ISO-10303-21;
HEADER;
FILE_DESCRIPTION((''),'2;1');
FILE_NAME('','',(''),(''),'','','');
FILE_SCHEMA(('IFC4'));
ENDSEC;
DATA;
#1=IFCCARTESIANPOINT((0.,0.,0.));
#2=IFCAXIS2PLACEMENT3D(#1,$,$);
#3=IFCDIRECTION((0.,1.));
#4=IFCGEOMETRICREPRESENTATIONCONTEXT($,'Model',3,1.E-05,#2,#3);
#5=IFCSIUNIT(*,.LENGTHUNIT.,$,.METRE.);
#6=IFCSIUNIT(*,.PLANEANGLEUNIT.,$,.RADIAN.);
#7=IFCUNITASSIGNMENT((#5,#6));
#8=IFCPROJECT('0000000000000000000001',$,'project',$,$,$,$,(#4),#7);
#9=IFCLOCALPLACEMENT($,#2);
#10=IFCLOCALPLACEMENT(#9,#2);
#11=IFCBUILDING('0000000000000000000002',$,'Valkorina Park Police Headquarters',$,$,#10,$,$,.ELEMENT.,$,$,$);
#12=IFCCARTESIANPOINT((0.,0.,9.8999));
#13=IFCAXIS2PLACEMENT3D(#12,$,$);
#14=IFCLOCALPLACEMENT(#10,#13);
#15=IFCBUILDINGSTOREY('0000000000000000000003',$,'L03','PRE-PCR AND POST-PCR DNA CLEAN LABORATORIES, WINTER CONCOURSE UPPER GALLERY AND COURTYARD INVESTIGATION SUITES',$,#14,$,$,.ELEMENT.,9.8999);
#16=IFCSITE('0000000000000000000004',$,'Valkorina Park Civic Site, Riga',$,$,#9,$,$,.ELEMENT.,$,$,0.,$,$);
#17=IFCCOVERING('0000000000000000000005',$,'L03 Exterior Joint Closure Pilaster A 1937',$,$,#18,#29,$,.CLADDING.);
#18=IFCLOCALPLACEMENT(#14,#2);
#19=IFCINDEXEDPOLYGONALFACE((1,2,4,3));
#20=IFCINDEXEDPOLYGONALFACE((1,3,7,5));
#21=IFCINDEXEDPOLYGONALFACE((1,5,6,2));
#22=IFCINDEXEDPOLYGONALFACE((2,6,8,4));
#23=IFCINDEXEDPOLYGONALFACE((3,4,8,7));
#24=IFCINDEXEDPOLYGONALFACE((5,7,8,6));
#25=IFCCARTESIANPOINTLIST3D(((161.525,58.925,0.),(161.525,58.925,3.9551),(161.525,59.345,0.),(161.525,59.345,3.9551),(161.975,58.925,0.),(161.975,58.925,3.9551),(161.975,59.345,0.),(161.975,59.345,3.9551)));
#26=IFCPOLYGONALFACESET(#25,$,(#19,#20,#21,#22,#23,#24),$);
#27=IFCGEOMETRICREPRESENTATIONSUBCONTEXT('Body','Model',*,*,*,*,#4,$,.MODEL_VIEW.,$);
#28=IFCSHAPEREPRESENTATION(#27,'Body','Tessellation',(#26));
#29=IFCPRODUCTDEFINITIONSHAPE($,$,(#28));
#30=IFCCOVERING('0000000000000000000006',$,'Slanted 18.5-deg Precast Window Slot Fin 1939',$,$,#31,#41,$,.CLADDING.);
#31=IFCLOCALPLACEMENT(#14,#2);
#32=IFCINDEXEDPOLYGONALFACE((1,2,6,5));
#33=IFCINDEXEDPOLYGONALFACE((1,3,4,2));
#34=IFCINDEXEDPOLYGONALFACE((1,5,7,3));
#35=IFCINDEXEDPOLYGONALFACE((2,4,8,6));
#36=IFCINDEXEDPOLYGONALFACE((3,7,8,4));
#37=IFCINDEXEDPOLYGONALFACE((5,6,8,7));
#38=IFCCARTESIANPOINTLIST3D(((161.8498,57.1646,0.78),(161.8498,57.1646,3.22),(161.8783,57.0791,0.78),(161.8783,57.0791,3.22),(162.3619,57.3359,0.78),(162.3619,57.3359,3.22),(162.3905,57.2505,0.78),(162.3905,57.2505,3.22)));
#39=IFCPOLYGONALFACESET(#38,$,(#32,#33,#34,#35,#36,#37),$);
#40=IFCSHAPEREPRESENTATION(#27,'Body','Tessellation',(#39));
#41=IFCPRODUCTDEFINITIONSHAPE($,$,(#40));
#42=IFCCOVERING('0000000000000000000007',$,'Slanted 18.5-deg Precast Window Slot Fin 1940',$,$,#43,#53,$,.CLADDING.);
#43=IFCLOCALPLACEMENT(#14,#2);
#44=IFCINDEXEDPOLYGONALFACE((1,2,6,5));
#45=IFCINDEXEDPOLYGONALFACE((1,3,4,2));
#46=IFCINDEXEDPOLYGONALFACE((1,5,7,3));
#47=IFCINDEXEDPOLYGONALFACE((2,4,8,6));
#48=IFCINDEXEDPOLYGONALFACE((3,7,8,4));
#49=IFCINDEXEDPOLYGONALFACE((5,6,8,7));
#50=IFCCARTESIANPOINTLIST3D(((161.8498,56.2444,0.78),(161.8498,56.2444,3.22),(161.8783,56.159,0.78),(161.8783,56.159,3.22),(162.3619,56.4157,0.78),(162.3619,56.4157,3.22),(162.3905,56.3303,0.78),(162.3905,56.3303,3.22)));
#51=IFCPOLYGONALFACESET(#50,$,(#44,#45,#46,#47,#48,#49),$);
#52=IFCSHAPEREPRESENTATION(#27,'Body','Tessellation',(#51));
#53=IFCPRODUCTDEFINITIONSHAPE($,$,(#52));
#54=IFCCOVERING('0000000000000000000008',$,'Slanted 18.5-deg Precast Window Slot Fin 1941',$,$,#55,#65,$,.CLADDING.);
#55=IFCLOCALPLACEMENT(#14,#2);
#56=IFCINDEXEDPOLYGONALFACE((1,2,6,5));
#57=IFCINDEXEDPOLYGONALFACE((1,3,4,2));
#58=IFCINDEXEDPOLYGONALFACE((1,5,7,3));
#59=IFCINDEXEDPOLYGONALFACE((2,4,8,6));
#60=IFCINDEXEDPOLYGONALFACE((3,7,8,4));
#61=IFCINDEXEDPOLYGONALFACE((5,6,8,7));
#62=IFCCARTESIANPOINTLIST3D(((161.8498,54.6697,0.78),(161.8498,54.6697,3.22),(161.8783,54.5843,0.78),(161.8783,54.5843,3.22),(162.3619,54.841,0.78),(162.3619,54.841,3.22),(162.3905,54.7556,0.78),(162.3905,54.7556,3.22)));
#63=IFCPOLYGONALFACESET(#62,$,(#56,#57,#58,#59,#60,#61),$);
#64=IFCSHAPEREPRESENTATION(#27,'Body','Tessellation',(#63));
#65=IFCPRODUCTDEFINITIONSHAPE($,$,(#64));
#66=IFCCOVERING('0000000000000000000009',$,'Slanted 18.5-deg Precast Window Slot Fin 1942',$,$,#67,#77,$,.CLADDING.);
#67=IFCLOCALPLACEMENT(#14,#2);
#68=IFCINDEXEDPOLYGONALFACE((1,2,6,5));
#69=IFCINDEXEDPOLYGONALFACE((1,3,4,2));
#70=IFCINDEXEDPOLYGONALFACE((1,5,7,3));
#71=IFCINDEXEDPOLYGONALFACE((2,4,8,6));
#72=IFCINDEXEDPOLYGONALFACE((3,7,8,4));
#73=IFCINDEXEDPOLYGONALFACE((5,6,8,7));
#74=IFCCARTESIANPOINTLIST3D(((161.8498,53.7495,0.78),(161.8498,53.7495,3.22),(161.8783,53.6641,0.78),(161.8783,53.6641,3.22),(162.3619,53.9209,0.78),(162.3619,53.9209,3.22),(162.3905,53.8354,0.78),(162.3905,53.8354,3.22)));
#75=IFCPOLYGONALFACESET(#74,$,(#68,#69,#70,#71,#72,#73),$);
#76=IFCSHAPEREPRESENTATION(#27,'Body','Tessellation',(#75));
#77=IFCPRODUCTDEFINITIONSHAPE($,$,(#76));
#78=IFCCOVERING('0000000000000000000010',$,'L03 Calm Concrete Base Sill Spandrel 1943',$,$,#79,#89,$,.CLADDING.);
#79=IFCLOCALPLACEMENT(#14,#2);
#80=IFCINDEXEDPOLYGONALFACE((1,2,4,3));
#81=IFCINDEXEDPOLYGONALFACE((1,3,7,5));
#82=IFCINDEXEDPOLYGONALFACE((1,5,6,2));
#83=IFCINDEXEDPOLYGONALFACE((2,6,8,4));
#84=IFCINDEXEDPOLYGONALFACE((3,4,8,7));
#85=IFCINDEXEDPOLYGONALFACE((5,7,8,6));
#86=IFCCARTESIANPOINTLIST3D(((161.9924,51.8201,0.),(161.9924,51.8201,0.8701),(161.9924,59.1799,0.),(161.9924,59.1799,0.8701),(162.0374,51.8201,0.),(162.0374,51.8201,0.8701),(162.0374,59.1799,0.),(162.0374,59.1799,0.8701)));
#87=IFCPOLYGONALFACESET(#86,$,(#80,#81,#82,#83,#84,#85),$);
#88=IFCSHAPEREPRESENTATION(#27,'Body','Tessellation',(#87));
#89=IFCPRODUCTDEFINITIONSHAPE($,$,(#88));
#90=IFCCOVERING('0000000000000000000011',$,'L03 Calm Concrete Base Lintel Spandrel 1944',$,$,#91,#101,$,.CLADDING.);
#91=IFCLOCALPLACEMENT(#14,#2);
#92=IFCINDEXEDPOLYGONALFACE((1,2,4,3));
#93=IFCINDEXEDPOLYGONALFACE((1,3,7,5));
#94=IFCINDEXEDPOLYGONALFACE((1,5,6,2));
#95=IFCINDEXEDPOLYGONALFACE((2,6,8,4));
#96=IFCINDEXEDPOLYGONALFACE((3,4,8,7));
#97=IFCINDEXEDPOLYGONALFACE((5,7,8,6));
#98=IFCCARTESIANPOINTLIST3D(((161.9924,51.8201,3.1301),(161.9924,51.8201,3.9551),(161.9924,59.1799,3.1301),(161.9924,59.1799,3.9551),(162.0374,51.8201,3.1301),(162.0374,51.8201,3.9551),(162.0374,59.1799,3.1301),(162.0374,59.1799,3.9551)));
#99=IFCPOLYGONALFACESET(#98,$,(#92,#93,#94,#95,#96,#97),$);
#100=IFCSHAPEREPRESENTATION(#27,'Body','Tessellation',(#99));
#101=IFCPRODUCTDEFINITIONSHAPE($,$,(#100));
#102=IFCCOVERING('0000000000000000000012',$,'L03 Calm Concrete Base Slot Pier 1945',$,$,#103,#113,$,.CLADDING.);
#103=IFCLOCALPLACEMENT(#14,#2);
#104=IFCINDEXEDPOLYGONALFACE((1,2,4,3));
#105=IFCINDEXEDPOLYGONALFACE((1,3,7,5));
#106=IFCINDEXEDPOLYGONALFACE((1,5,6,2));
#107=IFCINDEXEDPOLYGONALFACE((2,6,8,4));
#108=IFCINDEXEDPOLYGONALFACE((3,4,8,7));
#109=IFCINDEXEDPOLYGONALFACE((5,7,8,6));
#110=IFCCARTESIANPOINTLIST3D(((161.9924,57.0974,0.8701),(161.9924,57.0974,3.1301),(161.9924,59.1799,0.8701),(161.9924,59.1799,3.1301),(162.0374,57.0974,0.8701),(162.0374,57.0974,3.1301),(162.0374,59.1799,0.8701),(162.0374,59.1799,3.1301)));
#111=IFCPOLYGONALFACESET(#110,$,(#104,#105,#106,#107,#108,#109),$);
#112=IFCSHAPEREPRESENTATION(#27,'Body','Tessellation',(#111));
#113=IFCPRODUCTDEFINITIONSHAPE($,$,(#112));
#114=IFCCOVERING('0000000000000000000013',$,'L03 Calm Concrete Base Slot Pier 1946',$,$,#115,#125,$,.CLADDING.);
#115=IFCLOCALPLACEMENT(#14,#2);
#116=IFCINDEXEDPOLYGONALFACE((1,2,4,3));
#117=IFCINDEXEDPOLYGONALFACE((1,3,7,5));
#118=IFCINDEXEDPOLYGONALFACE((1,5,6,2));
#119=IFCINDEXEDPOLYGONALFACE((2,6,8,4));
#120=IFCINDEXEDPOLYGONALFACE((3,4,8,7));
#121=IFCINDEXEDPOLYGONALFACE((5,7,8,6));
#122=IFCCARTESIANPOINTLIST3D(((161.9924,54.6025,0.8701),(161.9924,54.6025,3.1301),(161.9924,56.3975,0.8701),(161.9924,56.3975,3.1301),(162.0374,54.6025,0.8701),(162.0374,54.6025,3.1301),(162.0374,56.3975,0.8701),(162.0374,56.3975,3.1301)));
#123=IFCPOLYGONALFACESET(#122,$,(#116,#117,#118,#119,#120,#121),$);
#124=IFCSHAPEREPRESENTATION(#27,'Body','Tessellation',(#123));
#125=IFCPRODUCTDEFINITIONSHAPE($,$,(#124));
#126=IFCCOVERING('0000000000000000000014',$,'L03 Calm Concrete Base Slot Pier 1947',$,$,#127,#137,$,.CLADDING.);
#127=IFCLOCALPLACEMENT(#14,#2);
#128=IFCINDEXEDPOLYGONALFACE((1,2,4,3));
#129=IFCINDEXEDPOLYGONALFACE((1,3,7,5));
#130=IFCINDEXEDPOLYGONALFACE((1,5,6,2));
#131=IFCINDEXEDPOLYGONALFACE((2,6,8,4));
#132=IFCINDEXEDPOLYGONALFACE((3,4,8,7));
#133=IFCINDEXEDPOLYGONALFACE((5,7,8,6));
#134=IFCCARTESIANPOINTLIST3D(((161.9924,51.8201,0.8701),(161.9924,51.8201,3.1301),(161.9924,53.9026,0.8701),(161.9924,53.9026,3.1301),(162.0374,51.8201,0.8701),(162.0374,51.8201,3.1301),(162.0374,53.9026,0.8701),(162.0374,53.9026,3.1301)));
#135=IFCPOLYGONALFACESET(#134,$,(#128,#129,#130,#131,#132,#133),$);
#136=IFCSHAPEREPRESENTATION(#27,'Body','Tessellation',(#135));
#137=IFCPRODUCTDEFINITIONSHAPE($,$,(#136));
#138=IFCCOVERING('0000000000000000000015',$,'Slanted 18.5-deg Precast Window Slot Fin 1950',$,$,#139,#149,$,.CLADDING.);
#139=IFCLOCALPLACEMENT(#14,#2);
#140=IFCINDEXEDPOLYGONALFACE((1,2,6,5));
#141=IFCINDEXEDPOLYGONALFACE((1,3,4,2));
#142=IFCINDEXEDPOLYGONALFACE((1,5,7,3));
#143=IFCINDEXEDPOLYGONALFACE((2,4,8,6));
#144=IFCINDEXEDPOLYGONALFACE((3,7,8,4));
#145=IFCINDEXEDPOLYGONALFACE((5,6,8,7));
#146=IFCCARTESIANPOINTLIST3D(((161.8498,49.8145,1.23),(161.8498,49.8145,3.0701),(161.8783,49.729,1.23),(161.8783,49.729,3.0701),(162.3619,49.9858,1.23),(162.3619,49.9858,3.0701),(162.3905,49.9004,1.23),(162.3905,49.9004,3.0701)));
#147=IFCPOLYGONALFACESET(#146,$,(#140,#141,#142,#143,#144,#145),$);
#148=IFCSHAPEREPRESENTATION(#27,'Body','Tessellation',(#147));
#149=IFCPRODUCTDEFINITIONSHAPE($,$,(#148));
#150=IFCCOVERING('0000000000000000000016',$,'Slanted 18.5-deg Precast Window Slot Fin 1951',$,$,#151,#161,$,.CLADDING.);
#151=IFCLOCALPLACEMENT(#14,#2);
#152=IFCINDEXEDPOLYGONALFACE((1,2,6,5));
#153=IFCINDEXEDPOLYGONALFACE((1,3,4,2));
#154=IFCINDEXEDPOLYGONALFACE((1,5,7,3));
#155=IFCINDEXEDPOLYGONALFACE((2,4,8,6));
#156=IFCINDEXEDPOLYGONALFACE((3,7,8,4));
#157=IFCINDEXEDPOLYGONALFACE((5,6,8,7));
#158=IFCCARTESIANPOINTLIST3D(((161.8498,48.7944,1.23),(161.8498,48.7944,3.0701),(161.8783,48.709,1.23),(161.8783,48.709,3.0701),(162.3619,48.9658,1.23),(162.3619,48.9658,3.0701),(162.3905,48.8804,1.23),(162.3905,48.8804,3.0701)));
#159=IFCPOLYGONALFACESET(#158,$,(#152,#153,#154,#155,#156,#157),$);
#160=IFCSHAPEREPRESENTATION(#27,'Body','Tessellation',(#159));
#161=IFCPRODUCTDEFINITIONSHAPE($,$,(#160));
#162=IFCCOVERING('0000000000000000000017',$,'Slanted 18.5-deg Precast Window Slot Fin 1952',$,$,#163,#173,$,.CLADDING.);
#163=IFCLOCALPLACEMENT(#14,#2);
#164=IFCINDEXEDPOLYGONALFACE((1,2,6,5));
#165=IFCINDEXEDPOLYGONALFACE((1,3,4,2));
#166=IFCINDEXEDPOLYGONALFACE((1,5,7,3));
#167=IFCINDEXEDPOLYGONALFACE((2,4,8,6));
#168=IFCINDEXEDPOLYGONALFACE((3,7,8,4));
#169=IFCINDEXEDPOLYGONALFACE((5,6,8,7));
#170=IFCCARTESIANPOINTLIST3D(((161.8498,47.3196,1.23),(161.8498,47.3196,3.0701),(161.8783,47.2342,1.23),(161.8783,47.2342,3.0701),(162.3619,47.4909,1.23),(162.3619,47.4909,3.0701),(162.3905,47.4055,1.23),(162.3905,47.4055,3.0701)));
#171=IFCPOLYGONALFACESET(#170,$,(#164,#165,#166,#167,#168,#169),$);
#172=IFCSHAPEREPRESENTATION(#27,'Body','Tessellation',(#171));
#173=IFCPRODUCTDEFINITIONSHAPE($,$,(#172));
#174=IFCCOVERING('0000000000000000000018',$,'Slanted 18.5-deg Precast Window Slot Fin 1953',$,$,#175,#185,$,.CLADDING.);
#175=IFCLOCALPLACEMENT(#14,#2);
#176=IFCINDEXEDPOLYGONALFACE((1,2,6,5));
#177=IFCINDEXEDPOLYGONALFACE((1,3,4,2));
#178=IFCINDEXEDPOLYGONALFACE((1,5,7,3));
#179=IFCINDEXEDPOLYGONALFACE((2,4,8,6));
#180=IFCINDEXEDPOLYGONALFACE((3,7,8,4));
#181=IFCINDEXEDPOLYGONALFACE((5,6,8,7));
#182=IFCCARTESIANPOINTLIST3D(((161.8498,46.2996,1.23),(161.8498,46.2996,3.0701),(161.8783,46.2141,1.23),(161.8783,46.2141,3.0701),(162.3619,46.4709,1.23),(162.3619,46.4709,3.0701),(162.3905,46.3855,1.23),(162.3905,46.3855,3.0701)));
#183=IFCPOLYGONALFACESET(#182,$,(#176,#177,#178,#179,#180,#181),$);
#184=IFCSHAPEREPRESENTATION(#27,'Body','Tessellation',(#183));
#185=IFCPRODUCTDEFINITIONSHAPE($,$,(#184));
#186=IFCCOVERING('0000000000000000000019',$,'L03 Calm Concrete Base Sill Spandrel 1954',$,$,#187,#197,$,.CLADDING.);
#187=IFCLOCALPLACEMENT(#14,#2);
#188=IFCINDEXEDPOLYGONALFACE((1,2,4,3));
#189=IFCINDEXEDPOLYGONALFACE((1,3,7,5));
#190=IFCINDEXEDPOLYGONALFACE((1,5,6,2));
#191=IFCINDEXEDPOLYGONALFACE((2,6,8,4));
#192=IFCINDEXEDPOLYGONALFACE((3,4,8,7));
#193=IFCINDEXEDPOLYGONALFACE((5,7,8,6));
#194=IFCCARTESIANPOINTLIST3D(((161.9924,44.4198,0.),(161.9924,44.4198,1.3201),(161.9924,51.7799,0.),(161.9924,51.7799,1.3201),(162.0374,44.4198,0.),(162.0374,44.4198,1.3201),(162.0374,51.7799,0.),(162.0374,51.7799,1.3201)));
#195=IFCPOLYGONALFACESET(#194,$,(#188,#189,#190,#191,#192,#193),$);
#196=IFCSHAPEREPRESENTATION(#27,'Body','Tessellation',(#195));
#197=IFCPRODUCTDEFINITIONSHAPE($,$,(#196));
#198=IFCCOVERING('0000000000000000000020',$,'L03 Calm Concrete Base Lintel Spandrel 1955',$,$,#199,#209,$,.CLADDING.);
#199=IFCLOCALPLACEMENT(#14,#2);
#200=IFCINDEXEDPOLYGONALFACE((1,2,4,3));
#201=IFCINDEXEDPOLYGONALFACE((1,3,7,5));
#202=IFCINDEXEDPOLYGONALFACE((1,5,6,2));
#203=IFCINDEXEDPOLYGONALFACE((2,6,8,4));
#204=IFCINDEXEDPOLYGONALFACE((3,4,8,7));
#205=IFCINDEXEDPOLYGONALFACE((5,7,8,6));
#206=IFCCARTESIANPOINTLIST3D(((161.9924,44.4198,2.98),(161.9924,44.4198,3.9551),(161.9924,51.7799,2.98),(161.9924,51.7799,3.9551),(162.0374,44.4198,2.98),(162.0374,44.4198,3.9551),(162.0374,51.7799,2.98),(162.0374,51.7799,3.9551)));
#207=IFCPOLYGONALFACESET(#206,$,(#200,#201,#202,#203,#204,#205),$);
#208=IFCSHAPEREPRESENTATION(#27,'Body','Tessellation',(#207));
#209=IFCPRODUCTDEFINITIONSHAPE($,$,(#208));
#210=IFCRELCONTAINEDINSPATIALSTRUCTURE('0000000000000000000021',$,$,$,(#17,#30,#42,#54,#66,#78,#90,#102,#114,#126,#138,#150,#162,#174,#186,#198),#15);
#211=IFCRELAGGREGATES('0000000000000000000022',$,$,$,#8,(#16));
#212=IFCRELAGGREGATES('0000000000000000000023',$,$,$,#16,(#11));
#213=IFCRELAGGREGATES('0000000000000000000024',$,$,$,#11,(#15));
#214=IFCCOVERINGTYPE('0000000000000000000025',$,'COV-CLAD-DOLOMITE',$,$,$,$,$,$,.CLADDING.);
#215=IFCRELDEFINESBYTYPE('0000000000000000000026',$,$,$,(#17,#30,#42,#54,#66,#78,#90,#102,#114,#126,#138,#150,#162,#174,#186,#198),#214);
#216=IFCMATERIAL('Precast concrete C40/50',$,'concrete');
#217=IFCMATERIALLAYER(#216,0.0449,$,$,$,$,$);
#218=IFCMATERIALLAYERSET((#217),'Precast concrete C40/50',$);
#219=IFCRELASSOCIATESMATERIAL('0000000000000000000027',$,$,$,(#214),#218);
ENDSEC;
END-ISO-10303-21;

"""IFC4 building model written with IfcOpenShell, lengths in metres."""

from ifc_helpers import new_model, si_unit, direction, frame, frame_2d, origin, origin_2d, place, context, subcontext, project, spatial, rectangle, extrude, material, layer, layer_set, type_object, element, save


model = new_model("IFC4")

# Units and contexts
model_context = context("Model", 3, precision=1e-05, world=origin(), true_north=direction((0.0, 1.0)))
body_context = subcontext(model_context, "Body", "Model", "MODEL_VIEW")
ifc_project = project(units=[si_unit("LENGTHUNIT", "METRE"), si_unit("PLANEANGLEUNIT", "RADIAN")], contexts=[model_context])

# Site, building, storey
site_placement = place(None, origin())
site = spatial("IfcSite", under=ifc_project, at=site_placement, Name="Valkorina Park Civic Site, Riga", CompositionType="ELEMENT", RefElevation=0.0)
building_placement = place(site_placement, origin())
building = spatial("IfcBuilding", under=site, at=building_placement, Name="Valkorina Park Police Headquarters", CompositionType="ELEMENT")
storey_placement = place(building_placement, frame((0.0, 0.0, 9.8999)))
storey = spatial("IfcBuildingStorey", under=building, at=storey_placement, Name="L03", Description="PRE-PCR AND POST-PCR DNA CLEAN LABORATORIES, WINTER CONCOURSE UPPER GALLERY AND COURTYARD INVESTIGATION SUITES", CompositionType="ELEMENT", Elevation=9.8999)

# Coverings
ifc_material_1 = material(Name="Precast concrete C40/50", Category="concrete")
ifc_layer = layer(ifc_material_1, 0.0449)
ifc_layer_set = layer_set([ifc_layer], Name="Precast concrete C40/50")
covering_type = type_object("IfcCoveringType", Name="COV-CLAD-DOLOMITE", PredefinedType="CLADDING", material=ifc_layer_set)
covering_1_placement = place(storey_placement, frame((161.75, 59.135, 0.0), z_axis=(0.0, 0.0, 1.0), x_axis=(0.0, 1.0, 0.0)))
element("IfcCovering", 1, at=covering_1_placement, inside=storey, type_object=covering_type, Name="L03 Exterior Joint Closure Pilaster A 1937", PredefinedType="CLADDING", context=body_context, shape_type="SweptSolid", body=[
    extrude(rectangle(XDim=0.4199, YDim=0.45, at=origin_2d()), origin(), (0.0, 0.0, 1.0), 3.9551),
])
for number, where, z_axis, x_axis, name in (
    (2, (162.1201, 57.2075, 0.78), (0.0, 0.0, 1.0), (0.948324, 0.317305, 0.0), "Slanted 18.5-deg Precast Window Slot Fin 1939"),
    (3, (162.1201, 56.2874, 0.78), (0.0, 0.0, 1.0), (0.948324, 0.317305, 0.0), "Slanted 18.5-deg Precast Window Slot Fin 1940"),
    (4, (162.1201, 54.7126, 0.78), (0.0, 0.0, 1.0), (0.948324, 0.317305, 0.0), "Slanted 18.5-deg Precast Window Slot Fin 1941"),
    (5, (162.1201, 53.7925, 0.78), (0.0, 0.0, 1.0), (0.948324, 0.317305, 0.0), "Slanted 18.5-deg Precast Window Slot Fin 1942"),
):
    element("IfcCovering", number, at=place(storey_placement, frame(where, z_axis=z_axis, x_axis=x_axis)), inside=storey, type_object=covering_type, Name=name, PredefinedType="CLADDING", context=body_context, shape_type="SweptSolid", body=[
        extrude(rectangle(XDim=0.54, YDim=0.0901, at=origin_2d()), origin(), (0.0, 0.0, 1.0), 2.4399),
    ])
covering_2_placement = place(storey_placement, frame((162.0149, 59.1799, 0.0), z_axis=(0.0, 0.0, 1.0), x_axis=(0.0, -1.0, 0.0)))
element("IfcCovering", 6, at=covering_2_placement, inside=storey, type_object=covering_type, Name="L03 Calm Concrete Base Sill Spandrel 1943", PredefinedType="CLADDING", context=body_context, shape_type="SweptSolid", body=[
    extrude(rectangle(XDim=7.3599, YDim=0.0449, at=frame_2d((3.6799, 0.0))), origin(), (0.0, 0.0, 1.0), 0.8701),
])
covering_3_placement = place(storey_placement, frame((162.0149, 59.1799, 3.1301), z_axis=(0.0, 0.0, 1.0), x_axis=(0.0, -1.0, 0.0)))
element("IfcCovering", 7, at=covering_3_placement, inside=storey, type_object=covering_type, Name="L03 Calm Concrete Base Lintel Spandrel 1944", PredefinedType="CLADDING", context=body_context, shape_type="SweptSolid", body=[
    extrude(rectangle(XDim=7.3599, YDim=0.0449, at=frame_2d((3.6799, 0.0))), origin(), (0.0, 0.0, 1.0), 0.825),
])
covering_4_placement = place(storey_placement, frame((162.0149, 59.1799, 0.8701), z_axis=(0.0, 0.0, 1.0), x_axis=(0.0, -1.0, 0.0)))
element("IfcCovering", 8, at=covering_4_placement, inside=storey, type_object=covering_type, Name="L03 Calm Concrete Base Slot Pier 1945", PredefinedType="CLADDING", context=body_context, shape_type="SweptSolid", body=[
    extrude(rectangle(XDim=2.0825, YDim=0.0449, at=frame_2d((1.0413, 0.0))), origin(), (0.0, 0.0, 1.0), 2.26),
])
covering_5_placement = place(storey_placement, frame((162.0149, 56.3975, 0.8701), z_axis=(0.0, 0.0, 1.0), x_axis=(0.0, -1.0, 0.0)))
element("IfcCovering", 9, at=covering_5_placement, inside=storey, type_object=covering_type, Name="L03 Calm Concrete Base Slot Pier 1946", PredefinedType="CLADDING", context=body_context, shape_type="SweptSolid", body=[
    extrude(rectangle(XDim=1.7949, YDim=0.0449, at=frame_2d((0.8975, 0.0))), origin(), (0.0, 0.0, 1.0), 2.26),
])
covering_6_placement = place(storey_placement, frame((162.0149, 53.9026, 0.8701), z_axis=(0.0, 0.0, 1.0), x_axis=(0.0, -1.0, 0.0)))
element("IfcCovering", 10, at=covering_6_placement, inside=storey, type_object=covering_type, Name="L03 Calm Concrete Base Slot Pier 1947", PredefinedType="CLADDING", context=body_context, shape_type="SweptSolid", body=[
    extrude(rectangle(XDim=2.0825, YDim=0.0449, at=frame_2d((1.0413, 0.0))), origin(), (0.0, 0.0, 1.0), 2.26),
])
for number, where, z_axis, x_axis, name in (
    (11, (162.1201, 49.8574, 1.23), (0.0, 0.0, 1.0), (0.948324, 0.317305, 0.0), "Slanted 18.5-deg Precast Window Slot Fin 1950"),
    (12, (162.1201, 48.8374, 1.23), (0.0, 0.0, 1.0), (0.948324, 0.317305, 0.0), "Slanted 18.5-deg Precast Window Slot Fin 1951"),
    (13, (162.1201, 47.3625, 1.23), (0.0, 0.0, 1.0), (0.948324, 0.317305, 0.0), "Slanted 18.5-deg Precast Window Slot Fin 1952"),
    (14, (162.1201, 46.3425, 1.23), (0.0, 0.0, 1.0), (0.948324, 0.317305, 0.0), "Slanted 18.5-deg Precast Window Slot Fin 1953"),
):
    element("IfcCovering", number, at=place(storey_placement, frame(where, z_axis=z_axis, x_axis=x_axis)), inside=storey, type_object=covering_type, Name=name, PredefinedType="CLADDING", context=body_context, shape_type="SweptSolid", body=[
        extrude(rectangle(XDim=0.54, YDim=0.0901, at=origin_2d()), origin(), (0.0, 0.0, 1.0), 1.8401),
    ])
covering_7_placement = place(storey_placement, frame((162.0149, 51.78, 0.0), z_axis=(0.0, 0.0, 1.0), x_axis=(0.0, -1.0, 0.0)))
element("IfcCovering", 15, at=covering_7_placement, inside=storey, type_object=covering_type, Name="L03 Calm Concrete Base Sill Spandrel 1954", PredefinedType="CLADDING", context=body_context, shape_type="SweptSolid", body=[
    extrude(rectangle(XDim=7.3601, YDim=0.0449, at=frame_2d((3.6802, 0.0))), origin(), (0.0, 0.0, 1.0), 1.3201),
])
covering_8_placement = place(storey_placement, frame((162.0149, 51.78, 2.98), z_axis=(0.0, 0.0, 1.0), x_axis=(0.0, -1.0, 0.0)))
element("IfcCovering", 16, at=covering_8_placement, inside=storey, type_object=covering_type, Name="L03 Calm Concrete Base Lintel Spandrel 1955", PredefinedType="CLADDING", context=body_context, shape_type="SweptSolid", body=[
    extrude(rectangle(XDim=7.3601, YDim=0.0449, at=frame_2d((3.6802, 0.0))), origin(), (0.0, 0.0, 1.0), 0.9751),
])

save(model, "model.ifc")
